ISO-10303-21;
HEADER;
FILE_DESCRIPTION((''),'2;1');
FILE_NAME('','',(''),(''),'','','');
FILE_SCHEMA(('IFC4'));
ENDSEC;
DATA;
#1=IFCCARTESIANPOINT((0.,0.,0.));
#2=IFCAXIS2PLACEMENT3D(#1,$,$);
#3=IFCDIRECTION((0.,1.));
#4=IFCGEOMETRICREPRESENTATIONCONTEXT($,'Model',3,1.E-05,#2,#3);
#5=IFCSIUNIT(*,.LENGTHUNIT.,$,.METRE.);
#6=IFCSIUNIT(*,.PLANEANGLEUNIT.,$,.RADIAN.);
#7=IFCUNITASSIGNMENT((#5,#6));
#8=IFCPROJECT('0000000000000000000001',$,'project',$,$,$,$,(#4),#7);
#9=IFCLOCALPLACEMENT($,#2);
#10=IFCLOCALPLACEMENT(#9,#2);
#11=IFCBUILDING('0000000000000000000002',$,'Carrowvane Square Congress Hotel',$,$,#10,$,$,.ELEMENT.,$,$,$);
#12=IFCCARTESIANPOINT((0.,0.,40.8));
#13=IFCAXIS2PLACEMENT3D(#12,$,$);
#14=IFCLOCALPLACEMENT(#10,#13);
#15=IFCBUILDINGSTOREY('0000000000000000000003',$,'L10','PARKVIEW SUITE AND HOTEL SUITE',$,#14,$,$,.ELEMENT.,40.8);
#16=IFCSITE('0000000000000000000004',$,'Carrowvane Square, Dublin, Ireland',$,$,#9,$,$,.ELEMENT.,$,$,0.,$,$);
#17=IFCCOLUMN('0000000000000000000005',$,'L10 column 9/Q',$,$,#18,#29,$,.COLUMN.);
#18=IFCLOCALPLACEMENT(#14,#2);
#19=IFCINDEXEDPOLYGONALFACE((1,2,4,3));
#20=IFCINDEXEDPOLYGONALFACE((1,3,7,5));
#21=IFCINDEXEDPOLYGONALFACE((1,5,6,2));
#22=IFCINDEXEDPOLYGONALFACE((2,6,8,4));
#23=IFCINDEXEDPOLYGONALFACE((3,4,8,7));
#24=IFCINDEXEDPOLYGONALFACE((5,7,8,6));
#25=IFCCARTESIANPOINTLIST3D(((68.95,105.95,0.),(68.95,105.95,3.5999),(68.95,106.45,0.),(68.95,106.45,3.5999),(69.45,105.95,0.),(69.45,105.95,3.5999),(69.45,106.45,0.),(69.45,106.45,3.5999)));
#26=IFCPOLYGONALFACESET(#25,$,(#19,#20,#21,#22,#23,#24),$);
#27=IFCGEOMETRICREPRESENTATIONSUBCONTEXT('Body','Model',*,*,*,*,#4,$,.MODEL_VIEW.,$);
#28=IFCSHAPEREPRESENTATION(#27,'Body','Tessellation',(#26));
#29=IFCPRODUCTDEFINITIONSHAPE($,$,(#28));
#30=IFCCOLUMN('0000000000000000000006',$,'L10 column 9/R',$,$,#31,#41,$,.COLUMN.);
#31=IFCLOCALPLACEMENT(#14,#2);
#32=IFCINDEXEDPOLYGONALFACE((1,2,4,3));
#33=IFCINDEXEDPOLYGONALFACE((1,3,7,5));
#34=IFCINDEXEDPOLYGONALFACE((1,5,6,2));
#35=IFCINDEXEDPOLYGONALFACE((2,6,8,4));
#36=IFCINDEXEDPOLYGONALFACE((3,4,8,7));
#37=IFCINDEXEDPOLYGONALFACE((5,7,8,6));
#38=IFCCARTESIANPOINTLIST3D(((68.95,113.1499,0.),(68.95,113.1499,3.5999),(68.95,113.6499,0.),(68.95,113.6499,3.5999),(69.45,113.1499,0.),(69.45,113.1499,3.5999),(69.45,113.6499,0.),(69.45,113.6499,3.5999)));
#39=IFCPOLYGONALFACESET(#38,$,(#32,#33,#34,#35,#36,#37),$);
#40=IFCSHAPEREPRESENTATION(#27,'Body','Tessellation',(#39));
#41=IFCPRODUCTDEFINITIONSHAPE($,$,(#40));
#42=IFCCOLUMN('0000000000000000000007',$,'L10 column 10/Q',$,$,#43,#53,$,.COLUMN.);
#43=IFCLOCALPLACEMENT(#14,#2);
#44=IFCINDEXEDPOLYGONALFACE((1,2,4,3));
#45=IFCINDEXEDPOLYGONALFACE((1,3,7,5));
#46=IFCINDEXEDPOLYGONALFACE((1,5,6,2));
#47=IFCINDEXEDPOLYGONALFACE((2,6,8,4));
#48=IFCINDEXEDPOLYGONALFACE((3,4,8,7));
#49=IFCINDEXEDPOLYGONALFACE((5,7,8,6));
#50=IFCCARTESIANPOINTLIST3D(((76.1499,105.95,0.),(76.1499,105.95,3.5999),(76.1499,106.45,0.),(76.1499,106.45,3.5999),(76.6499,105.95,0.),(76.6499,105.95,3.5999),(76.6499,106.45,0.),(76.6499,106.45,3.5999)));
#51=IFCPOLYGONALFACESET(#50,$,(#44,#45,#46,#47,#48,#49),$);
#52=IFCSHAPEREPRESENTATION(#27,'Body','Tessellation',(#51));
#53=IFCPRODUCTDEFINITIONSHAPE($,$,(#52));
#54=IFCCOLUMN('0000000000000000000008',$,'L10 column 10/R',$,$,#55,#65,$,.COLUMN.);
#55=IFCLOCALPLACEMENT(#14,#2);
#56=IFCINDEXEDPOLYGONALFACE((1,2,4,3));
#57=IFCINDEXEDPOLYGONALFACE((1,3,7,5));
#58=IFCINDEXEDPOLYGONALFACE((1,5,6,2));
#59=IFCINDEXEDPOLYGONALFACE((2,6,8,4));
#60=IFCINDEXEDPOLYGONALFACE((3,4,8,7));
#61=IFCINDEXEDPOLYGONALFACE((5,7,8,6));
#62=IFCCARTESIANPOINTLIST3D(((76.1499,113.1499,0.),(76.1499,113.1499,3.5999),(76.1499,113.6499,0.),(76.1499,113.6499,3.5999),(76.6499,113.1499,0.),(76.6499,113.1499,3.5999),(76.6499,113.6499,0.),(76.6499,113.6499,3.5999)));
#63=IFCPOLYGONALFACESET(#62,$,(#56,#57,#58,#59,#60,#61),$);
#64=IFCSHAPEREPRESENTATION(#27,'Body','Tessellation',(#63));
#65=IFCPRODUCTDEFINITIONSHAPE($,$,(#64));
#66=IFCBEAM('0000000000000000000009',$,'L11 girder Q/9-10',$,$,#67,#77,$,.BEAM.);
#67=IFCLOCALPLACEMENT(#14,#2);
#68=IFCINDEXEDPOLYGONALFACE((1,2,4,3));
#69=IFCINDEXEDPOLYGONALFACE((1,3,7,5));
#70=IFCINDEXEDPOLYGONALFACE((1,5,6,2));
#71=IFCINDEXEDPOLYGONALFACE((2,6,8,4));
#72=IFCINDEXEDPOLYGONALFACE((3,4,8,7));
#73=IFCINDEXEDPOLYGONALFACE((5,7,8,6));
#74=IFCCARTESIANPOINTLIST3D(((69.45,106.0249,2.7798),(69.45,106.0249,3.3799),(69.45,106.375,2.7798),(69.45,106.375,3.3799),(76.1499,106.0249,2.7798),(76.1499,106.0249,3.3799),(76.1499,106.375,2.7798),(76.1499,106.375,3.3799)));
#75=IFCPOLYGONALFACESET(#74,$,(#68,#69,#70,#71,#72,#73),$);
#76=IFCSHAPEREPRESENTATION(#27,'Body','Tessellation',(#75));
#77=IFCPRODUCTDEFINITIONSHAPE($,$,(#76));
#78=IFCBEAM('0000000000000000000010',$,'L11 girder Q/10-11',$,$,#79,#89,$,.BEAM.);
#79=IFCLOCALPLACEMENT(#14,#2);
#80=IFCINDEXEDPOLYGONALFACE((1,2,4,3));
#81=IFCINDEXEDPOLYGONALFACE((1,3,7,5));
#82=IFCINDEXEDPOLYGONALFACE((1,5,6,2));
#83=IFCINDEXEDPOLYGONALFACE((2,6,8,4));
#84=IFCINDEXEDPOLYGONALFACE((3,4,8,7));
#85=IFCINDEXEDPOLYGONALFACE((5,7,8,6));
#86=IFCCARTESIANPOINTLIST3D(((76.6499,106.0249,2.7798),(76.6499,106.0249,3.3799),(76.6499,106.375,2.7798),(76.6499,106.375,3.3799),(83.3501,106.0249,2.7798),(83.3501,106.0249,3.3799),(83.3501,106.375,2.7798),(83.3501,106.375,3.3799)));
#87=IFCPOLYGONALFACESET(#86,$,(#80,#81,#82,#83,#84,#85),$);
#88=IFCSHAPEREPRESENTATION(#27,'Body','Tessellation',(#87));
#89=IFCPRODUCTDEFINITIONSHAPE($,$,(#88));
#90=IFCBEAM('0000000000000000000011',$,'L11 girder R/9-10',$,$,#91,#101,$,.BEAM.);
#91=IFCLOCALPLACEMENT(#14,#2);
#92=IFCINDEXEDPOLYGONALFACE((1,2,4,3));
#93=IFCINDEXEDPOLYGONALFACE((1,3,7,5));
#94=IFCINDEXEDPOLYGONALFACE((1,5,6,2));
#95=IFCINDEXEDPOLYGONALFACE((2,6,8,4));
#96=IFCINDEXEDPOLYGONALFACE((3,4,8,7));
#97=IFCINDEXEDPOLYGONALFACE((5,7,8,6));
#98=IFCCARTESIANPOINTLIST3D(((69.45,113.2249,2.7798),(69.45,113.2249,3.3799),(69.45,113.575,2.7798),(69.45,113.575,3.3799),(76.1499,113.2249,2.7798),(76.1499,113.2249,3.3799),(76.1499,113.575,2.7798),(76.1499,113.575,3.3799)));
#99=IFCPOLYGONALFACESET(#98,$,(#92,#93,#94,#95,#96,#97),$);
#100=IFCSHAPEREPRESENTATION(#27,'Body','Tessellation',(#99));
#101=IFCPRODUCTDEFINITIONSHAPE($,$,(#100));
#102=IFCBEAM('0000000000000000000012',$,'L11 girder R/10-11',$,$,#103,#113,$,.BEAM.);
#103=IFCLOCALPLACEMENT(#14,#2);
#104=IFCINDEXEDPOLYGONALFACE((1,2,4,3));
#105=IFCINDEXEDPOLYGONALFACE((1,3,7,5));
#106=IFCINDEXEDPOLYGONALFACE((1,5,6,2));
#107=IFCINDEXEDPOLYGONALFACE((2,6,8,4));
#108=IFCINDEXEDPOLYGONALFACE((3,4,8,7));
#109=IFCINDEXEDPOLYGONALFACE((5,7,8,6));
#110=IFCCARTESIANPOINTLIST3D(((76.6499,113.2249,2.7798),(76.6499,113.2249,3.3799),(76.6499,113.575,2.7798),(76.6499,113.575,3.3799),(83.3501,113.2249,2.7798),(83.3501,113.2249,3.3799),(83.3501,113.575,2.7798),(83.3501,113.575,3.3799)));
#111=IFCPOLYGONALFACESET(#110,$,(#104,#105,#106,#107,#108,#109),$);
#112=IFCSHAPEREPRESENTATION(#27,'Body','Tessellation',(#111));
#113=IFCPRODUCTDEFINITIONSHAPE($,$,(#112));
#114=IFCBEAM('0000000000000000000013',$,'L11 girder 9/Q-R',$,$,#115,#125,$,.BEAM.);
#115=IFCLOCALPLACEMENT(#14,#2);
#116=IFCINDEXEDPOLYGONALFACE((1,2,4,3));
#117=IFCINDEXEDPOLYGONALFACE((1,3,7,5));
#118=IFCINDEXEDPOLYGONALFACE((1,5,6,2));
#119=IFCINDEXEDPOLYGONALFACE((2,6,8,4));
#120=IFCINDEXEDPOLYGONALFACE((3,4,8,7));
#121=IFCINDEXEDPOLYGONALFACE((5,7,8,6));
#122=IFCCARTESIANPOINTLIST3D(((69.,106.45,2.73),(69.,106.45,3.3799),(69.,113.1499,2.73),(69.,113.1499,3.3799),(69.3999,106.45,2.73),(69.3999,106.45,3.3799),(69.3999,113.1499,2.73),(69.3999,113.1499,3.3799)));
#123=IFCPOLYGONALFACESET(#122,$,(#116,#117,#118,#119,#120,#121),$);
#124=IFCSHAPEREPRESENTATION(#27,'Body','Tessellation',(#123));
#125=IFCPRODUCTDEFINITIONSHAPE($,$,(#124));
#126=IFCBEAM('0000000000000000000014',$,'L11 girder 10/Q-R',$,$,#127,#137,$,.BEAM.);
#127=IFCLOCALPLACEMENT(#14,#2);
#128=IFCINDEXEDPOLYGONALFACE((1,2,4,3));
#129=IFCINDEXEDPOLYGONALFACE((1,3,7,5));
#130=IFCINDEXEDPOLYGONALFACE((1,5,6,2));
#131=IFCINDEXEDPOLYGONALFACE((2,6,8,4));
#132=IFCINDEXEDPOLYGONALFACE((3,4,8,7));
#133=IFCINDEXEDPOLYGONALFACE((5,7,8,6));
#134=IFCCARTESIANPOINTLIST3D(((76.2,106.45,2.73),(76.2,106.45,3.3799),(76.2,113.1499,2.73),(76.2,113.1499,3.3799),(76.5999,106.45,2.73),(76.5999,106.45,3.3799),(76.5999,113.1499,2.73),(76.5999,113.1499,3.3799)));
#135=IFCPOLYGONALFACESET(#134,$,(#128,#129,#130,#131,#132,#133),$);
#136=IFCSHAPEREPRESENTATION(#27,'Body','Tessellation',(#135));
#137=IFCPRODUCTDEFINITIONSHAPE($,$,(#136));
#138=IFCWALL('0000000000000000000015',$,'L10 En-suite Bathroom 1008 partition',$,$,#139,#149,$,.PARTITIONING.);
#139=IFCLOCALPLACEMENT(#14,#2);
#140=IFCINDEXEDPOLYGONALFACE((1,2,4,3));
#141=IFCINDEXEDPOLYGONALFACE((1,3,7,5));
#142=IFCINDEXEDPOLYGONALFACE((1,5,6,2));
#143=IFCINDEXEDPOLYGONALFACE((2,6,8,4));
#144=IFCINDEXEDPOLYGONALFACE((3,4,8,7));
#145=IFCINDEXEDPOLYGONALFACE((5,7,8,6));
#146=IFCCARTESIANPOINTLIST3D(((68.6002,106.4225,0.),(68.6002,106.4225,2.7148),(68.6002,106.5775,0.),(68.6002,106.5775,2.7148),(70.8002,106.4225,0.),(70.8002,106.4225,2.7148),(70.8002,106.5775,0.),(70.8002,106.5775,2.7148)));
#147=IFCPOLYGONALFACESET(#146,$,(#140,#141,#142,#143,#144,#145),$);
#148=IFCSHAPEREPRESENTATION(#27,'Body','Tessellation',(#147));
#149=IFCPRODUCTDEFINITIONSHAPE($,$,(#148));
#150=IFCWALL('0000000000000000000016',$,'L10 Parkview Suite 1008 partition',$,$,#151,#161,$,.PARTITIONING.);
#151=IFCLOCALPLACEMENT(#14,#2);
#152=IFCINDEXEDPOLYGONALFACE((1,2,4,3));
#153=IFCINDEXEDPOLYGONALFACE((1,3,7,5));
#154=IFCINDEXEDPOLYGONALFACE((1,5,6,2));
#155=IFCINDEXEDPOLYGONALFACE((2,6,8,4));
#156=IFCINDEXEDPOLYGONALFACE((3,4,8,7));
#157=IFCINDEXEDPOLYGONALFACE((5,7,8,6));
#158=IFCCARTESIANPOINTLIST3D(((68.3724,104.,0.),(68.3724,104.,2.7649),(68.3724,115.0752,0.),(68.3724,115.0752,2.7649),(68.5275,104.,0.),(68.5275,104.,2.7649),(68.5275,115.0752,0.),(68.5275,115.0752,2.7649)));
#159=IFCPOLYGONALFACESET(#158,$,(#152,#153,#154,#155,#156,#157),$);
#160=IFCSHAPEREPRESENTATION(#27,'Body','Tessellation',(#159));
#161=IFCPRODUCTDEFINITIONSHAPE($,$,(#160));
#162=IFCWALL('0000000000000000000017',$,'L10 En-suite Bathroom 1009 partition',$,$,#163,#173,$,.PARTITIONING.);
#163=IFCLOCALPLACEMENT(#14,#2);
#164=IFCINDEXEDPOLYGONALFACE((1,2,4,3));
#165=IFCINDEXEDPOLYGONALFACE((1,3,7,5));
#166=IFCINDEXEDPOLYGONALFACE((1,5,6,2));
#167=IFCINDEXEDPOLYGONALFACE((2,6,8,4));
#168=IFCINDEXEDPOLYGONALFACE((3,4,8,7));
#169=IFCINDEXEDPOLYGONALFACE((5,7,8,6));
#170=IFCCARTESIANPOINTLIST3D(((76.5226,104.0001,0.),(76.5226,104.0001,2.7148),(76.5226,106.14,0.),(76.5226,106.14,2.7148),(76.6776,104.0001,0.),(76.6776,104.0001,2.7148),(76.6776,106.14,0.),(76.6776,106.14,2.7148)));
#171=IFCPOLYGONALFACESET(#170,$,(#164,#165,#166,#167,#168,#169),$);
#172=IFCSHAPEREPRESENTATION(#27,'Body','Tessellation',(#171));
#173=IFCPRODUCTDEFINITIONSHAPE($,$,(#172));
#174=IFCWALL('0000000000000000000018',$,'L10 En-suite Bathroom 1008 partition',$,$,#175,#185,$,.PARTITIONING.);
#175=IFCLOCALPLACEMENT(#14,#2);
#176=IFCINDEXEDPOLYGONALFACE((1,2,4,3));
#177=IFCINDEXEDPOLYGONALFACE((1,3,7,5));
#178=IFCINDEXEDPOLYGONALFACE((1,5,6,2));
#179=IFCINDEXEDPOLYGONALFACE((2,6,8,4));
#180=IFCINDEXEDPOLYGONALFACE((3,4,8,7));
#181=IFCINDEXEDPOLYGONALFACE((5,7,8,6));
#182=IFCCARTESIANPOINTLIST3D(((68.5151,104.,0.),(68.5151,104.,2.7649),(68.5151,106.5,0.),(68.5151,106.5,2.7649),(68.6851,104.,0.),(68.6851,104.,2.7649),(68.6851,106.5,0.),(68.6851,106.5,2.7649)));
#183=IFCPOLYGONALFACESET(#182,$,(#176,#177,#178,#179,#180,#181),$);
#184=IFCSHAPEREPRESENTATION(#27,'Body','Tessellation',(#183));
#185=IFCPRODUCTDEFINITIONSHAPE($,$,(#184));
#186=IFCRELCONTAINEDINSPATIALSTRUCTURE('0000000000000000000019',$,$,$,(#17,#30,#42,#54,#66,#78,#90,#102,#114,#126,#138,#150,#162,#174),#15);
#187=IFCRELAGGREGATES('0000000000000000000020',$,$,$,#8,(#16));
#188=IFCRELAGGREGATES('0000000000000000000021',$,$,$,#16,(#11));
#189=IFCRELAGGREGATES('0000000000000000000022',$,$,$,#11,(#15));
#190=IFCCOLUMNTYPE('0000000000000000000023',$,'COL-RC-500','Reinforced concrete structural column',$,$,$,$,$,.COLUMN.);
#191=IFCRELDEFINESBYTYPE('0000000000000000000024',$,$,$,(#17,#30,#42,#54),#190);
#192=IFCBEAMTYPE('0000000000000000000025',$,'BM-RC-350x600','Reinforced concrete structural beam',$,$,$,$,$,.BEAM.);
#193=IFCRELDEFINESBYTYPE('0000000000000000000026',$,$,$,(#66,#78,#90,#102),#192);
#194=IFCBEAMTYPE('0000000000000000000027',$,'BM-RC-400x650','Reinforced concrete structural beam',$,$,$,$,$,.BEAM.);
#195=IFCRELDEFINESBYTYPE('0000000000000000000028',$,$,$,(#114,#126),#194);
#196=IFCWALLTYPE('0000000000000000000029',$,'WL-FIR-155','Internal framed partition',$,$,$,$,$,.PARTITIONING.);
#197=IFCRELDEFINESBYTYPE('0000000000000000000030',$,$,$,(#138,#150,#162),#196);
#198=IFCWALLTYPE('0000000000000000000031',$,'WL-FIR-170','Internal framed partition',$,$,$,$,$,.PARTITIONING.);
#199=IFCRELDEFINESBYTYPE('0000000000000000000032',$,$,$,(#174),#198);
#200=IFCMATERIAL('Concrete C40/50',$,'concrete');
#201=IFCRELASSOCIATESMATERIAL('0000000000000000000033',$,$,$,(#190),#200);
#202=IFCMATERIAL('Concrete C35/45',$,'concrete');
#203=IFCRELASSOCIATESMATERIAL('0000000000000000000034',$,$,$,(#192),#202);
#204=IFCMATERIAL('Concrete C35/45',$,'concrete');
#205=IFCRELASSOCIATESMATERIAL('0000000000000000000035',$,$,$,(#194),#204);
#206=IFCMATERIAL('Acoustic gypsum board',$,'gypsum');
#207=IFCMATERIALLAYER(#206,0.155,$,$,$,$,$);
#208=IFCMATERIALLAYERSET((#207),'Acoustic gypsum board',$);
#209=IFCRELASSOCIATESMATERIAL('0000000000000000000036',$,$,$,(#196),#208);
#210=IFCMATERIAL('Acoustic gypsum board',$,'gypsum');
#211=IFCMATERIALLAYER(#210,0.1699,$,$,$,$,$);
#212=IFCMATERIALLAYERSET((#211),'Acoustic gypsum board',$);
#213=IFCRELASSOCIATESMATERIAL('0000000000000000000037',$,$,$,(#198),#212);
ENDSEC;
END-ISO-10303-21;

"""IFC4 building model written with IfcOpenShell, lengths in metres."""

from ifc_helpers import new_model, si_unit, direction, frame, frame_2d, origin, origin_2d, place, context, subcontext, project, spatial, rectangle, extrude, material, layer, layer_set, material_profile, profile_set, type_object, element, save


model = new_model("IFC4")

# Units and contexts
model_context = context("Model", 3, precision=1e-05, world=origin(), true_north=direction((0.0, 1.0)))
body_context = subcontext(model_context, "Body", "Model", "MODEL_VIEW")
ifc_project = project(units=[si_unit("LENGTHUNIT", "METRE"), si_unit("PLANEANGLEUNIT", "RADIAN")], contexts=[model_context])

# Site, building, storey
site_placement = place(None, origin())
site = spatial("IfcSite", under=ifc_project, at=site_placement, Name="Carrowvane Square, Dublin, Ireland", CompositionType="ELEMENT", RefElevation=0.0)
building_placement = place(site_placement, origin())
building = spatial("IfcBuilding", under=site, at=building_placement, Name="Carrowvane Square Congress Hotel", CompositionType="ELEMENT")
storey_placement = place(building_placement, frame((0.0, 0.0, 40.8)))
storey = spatial("IfcBuildingStorey", under=building, at=storey_placement, Name="L10", Description="PARKVIEW SUITE AND HOTEL SUITE", CompositionType="ELEMENT", Elevation=40.8)

# Columns
ifc_material_1 = material(Name="Concrete C40/50", Category="concrete")
ifc_material_profile_1 = material_profile(ifc_material_1, rectangle(XDim=0.5, YDim=0.5, at=origin_2d()), Name="RC 500x500")
ifc_profile_set_1 = profile_set([ifc_material_profile_1], Name="Concrete C40/50")
column_type = type_object("IfcColumnType", Name="COL-RC-500", Description="Reinforced concrete structural column", PredefinedType="COLUMN", material=ifc_profile_set_1)
for number, where, z_axis, x_axis, name in (
    (1, (69.2, 106.2, 0.0), (0.0, 0.0, 1.0), (1.0, 0.0, 0.0), "L10 column 9/Q"),
    (2, (69.2, 113.3999, 0.0), (0.0, 0.0, 1.0), (1.0, 0.0, 0.0), "L10 column 9/R"),
    (3, (76.3999, 106.2, 0.0), (0.0, 0.0, 1.0), (1.0, 0.0, 0.0), "L10 column 10/Q"),
    (4, (76.3999, 113.3999, 0.0), (0.0, 0.0, 1.0), (1.0, 0.0, 0.0), "L10 column 10/R"),
):
    element("IfcColumn", number, at=place(storey_placement, frame(where, z_axis=z_axis, x_axis=x_axis)), inside=storey, type_object=column_type, Name=name, PredefinedType="COLUMN", context=body_context, shape_type="SweptSolid", body=[
        extrude(rectangle(XDim=0.5, YDim=0.5, at=origin_2d()), origin(), (0.0, 0.0, 1.0), 3.5999),
    ])

# Beams
ifc_material_2 = material(Name="Concrete C35/45", Category="concrete")
ifc_material_profile_2 = material_profile(ifc_material_2, rectangle(XDim=0.3501, YDim=0.6001, at=origin_2d()), Name="RC 350x600")
ifc_profile_set_2 = profile_set([ifc_material_profile_2], Name="Concrete C35/45")
beam_type_1 = type_object("IfcBeamType", Name="BM-RC-350x600", Description="Reinforced concrete structural beam", PredefinedType="BEAM", material=ifc_profile_set_2)
beam_1_placement = place(storey_placement, frame((69.45, 106.2, 3.0798), z_axis=(1.0, 0.0, 0.0), x_axis=(0.0, 1.0, 0.0)))
element("IfcBeam", 5, at=beam_1_placement, inside=storey, type_object=beam_type_1, Name="L11 girder Q/9-10", PredefinedType="BEAM", context=body_context, shape_type="SweptSolid", body=[
    extrude(rectangle(XDim=0.3501, YDim=0.6001, at=origin_2d()), origin(), (0.0, 0.0, 1.0), 6.7),
])
beam_2_placement = place(storey_placement, frame((76.6499, 106.2, 3.0798), z_axis=(1.0, 0.0, 0.0), x_axis=(0.0, 1.0, 0.0)))
element("IfcBeam", 6, at=beam_2_placement, inside=storey, type_object=beam_type_1, Name="L11 girder Q/10-11", PredefinedType="BEAM", context=body_context, shape_type="SweptSolid", body=[
    extrude(rectangle(XDim=0.3501, YDim=0.6001, at=origin_2d()), origin(), (0.0, 0.0, 1.0), 6.7002),
])
beam_3_placement = place(storey_placement, frame((69.45, 113.3999, 3.0798), z_axis=(1.0, 0.0, 0.0), x_axis=(0.0, 1.0, 0.0)))
element("IfcBeam", 7, at=beam_3_placement, inside=storey, type_object=beam_type_1, Name="L11 girder R/9-10", PredefinedType="BEAM", context=body_context, shape_type="SweptSolid", body=[
    extrude(rectangle(XDim=0.3501, YDim=0.6001, at=origin_2d()), origin(), (0.0, 0.0, 1.0), 6.7),
])
beam_4_placement = place(storey_placement, frame((76.6499, 113.3999, 3.0798), z_axis=(1.0, 0.0, 0.0), x_axis=(0.0, 1.0, 0.0)))
element("IfcBeam", 8, at=beam_4_placement, inside=storey, type_object=beam_type_1, Name="L11 girder R/10-11", PredefinedType="BEAM", context=body_context, shape_type="SweptSolid", body=[
    extrude(rectangle(XDim=0.3501, YDim=0.6001, at=origin_2d()), origin(), (0.0, 0.0, 1.0), 6.7002),
])
ifc_material_3 = material(Name="Concrete C35/45", Category="concrete")
ifc_material_profile_3 = material_profile(ifc_material_3, rectangle(XDim=0.3999, YDim=0.6499, at=origin_2d()), Name="RC 400x650")
ifc_profile_set_3 = profile_set([ifc_material_profile_3], Name="Concrete C35/45")
beam_type_2 = type_object("IfcBeamType", Name="BM-RC-400x650", Description="Reinforced concrete structural beam", PredefinedType="BEAM", material=ifc_profile_set_3)
for number, where, z_axis, x_axis, name in (
    (9, (69.2, 106.45, 3.0549), (0.0, 1.0, 0.0), (-1.0, 0.0, 0.0), "L11 girder 9/Q-R"),
    (10, (76.3999, 106.45, 3.0549), (0.0, 1.0, 0.0), (-1.0, 0.0, 0.0), "L11 girder 10/Q-R"),
):
    element("IfcBeam", number, at=place(storey_placement, frame(where, z_axis=z_axis, x_axis=x_axis)), inside=storey, type_object=beam_type_2, Name=name, PredefinedType="BEAM", context=body_context, shape_type="SweptSolid", body=[
        extrude(rectangle(XDim=0.3999, YDim=0.6499, at=origin_2d()), origin(), (0.0, 0.0, 1.0), 6.7),
    ])

# Walls
ifc_material_4 = material(Name="Acoustic gypsum board", Category="gypsum")
ifc_layer_1 = layer(ifc_material_4, 0.155)
ifc_layer_set_1 = layer_set([ifc_layer_1], Name="Acoustic gypsum board")
wall_type_1 = type_object("IfcWallType", Name="WL-FIR-155", Description="Internal framed partition", PredefinedType="PARTITIONING", material=ifc_layer_set_1)
wall_1_placement = place(storey_placement, frame((68.6001, 106.5, 0.0), z_axis=(0.0, 0.0, 1.0), x_axis=(1.0, 0.0, 0.0)))
element("IfcWall", 11, at=wall_1_placement, inside=storey, type_object=wall_type_1, Name="L10 En-suite Bathroom 1008 partition", PredefinedType="PARTITIONING", context=body_context, shape_type="SweptSolid", body=[
    extrude(rectangle(XDim=2.2, YDim=0.155, at=frame_2d((1.1001, 0.0))), origin(), (0.0, 0.0, 1.0), 2.7148),
])
wall_2_placement = place(storey_placement, frame((68.45, 104.0, 0.0), z_axis=(0.0, 0.0, 1.0), x_axis=(0.0, 1.0, 0.0)))
element("IfcWall", 12, at=wall_2_placement, inside=storey, type_object=wall_type_1, Name="L10 Parkview Suite 1008 partition", PredefinedType="PARTITIONING", context=body_context, shape_type="SweptSolid", body=[
    extrude(rectangle(XDim=11.0752, YDim=0.155, at=frame_2d((5.5376, 0.0))), origin(), (0.0, 0.0, 1.0), 2.7649),
])
wall_3_placement = place(storey_placement, frame((76.6001, 106.1399, 0.0), z_axis=(0.0, 0.0, 1.0), x_axis=(0.0, -1.0, 0.0)))
element("IfcWall", 13, at=wall_3_placement, inside=storey, type_object=wall_type_1, Name="L10 En-suite Bathroom 1009 partition", PredefinedType="PARTITIONING", context=body_context, shape_type="SweptSolid", body=[
    extrude(rectangle(XDim=2.1399, YDim=0.155, at=frame_2d((1.0698, 0.0))), origin(), (0.0, 0.0, 1.0), 2.7148),
])
ifc_material_5 = material(Name="Acoustic gypsum board", Category="gypsum")
ifc_layer_2 = layer(ifc_material_5, 0.1699)
ifc_layer_set_2 = layer_set([ifc_layer_2], Name="Acoustic gypsum board")
wall_type_2 = type_object("IfcWallType", Name="WL-FIR-170", Description="Internal framed partition", PredefinedType="PARTITIONING", material=ifc_layer_set_2)
wall_4_placement = place(storey_placement, frame((68.6001, 104.0, 0.0), z_axis=(0.0, 0.0, 1.0), x_axis=(0.0, 1.0, 0.0)))
element("IfcWall", 14, at=wall_4_placement, inside=storey, type_object=wall_type_2, Name="L10 En-suite Bathroom 1008 partition", PredefinedType="PARTITIONING", context=body_context, shape_type="SweptSolid", body=[
    extrude(rectangle(XDim=2.5, YDim=0.1699, at=frame_2d((1.25, 0.0))), origin(), (0.0, 0.0, 1.0), 2.7649),
])

save(model, "model.ifc")
